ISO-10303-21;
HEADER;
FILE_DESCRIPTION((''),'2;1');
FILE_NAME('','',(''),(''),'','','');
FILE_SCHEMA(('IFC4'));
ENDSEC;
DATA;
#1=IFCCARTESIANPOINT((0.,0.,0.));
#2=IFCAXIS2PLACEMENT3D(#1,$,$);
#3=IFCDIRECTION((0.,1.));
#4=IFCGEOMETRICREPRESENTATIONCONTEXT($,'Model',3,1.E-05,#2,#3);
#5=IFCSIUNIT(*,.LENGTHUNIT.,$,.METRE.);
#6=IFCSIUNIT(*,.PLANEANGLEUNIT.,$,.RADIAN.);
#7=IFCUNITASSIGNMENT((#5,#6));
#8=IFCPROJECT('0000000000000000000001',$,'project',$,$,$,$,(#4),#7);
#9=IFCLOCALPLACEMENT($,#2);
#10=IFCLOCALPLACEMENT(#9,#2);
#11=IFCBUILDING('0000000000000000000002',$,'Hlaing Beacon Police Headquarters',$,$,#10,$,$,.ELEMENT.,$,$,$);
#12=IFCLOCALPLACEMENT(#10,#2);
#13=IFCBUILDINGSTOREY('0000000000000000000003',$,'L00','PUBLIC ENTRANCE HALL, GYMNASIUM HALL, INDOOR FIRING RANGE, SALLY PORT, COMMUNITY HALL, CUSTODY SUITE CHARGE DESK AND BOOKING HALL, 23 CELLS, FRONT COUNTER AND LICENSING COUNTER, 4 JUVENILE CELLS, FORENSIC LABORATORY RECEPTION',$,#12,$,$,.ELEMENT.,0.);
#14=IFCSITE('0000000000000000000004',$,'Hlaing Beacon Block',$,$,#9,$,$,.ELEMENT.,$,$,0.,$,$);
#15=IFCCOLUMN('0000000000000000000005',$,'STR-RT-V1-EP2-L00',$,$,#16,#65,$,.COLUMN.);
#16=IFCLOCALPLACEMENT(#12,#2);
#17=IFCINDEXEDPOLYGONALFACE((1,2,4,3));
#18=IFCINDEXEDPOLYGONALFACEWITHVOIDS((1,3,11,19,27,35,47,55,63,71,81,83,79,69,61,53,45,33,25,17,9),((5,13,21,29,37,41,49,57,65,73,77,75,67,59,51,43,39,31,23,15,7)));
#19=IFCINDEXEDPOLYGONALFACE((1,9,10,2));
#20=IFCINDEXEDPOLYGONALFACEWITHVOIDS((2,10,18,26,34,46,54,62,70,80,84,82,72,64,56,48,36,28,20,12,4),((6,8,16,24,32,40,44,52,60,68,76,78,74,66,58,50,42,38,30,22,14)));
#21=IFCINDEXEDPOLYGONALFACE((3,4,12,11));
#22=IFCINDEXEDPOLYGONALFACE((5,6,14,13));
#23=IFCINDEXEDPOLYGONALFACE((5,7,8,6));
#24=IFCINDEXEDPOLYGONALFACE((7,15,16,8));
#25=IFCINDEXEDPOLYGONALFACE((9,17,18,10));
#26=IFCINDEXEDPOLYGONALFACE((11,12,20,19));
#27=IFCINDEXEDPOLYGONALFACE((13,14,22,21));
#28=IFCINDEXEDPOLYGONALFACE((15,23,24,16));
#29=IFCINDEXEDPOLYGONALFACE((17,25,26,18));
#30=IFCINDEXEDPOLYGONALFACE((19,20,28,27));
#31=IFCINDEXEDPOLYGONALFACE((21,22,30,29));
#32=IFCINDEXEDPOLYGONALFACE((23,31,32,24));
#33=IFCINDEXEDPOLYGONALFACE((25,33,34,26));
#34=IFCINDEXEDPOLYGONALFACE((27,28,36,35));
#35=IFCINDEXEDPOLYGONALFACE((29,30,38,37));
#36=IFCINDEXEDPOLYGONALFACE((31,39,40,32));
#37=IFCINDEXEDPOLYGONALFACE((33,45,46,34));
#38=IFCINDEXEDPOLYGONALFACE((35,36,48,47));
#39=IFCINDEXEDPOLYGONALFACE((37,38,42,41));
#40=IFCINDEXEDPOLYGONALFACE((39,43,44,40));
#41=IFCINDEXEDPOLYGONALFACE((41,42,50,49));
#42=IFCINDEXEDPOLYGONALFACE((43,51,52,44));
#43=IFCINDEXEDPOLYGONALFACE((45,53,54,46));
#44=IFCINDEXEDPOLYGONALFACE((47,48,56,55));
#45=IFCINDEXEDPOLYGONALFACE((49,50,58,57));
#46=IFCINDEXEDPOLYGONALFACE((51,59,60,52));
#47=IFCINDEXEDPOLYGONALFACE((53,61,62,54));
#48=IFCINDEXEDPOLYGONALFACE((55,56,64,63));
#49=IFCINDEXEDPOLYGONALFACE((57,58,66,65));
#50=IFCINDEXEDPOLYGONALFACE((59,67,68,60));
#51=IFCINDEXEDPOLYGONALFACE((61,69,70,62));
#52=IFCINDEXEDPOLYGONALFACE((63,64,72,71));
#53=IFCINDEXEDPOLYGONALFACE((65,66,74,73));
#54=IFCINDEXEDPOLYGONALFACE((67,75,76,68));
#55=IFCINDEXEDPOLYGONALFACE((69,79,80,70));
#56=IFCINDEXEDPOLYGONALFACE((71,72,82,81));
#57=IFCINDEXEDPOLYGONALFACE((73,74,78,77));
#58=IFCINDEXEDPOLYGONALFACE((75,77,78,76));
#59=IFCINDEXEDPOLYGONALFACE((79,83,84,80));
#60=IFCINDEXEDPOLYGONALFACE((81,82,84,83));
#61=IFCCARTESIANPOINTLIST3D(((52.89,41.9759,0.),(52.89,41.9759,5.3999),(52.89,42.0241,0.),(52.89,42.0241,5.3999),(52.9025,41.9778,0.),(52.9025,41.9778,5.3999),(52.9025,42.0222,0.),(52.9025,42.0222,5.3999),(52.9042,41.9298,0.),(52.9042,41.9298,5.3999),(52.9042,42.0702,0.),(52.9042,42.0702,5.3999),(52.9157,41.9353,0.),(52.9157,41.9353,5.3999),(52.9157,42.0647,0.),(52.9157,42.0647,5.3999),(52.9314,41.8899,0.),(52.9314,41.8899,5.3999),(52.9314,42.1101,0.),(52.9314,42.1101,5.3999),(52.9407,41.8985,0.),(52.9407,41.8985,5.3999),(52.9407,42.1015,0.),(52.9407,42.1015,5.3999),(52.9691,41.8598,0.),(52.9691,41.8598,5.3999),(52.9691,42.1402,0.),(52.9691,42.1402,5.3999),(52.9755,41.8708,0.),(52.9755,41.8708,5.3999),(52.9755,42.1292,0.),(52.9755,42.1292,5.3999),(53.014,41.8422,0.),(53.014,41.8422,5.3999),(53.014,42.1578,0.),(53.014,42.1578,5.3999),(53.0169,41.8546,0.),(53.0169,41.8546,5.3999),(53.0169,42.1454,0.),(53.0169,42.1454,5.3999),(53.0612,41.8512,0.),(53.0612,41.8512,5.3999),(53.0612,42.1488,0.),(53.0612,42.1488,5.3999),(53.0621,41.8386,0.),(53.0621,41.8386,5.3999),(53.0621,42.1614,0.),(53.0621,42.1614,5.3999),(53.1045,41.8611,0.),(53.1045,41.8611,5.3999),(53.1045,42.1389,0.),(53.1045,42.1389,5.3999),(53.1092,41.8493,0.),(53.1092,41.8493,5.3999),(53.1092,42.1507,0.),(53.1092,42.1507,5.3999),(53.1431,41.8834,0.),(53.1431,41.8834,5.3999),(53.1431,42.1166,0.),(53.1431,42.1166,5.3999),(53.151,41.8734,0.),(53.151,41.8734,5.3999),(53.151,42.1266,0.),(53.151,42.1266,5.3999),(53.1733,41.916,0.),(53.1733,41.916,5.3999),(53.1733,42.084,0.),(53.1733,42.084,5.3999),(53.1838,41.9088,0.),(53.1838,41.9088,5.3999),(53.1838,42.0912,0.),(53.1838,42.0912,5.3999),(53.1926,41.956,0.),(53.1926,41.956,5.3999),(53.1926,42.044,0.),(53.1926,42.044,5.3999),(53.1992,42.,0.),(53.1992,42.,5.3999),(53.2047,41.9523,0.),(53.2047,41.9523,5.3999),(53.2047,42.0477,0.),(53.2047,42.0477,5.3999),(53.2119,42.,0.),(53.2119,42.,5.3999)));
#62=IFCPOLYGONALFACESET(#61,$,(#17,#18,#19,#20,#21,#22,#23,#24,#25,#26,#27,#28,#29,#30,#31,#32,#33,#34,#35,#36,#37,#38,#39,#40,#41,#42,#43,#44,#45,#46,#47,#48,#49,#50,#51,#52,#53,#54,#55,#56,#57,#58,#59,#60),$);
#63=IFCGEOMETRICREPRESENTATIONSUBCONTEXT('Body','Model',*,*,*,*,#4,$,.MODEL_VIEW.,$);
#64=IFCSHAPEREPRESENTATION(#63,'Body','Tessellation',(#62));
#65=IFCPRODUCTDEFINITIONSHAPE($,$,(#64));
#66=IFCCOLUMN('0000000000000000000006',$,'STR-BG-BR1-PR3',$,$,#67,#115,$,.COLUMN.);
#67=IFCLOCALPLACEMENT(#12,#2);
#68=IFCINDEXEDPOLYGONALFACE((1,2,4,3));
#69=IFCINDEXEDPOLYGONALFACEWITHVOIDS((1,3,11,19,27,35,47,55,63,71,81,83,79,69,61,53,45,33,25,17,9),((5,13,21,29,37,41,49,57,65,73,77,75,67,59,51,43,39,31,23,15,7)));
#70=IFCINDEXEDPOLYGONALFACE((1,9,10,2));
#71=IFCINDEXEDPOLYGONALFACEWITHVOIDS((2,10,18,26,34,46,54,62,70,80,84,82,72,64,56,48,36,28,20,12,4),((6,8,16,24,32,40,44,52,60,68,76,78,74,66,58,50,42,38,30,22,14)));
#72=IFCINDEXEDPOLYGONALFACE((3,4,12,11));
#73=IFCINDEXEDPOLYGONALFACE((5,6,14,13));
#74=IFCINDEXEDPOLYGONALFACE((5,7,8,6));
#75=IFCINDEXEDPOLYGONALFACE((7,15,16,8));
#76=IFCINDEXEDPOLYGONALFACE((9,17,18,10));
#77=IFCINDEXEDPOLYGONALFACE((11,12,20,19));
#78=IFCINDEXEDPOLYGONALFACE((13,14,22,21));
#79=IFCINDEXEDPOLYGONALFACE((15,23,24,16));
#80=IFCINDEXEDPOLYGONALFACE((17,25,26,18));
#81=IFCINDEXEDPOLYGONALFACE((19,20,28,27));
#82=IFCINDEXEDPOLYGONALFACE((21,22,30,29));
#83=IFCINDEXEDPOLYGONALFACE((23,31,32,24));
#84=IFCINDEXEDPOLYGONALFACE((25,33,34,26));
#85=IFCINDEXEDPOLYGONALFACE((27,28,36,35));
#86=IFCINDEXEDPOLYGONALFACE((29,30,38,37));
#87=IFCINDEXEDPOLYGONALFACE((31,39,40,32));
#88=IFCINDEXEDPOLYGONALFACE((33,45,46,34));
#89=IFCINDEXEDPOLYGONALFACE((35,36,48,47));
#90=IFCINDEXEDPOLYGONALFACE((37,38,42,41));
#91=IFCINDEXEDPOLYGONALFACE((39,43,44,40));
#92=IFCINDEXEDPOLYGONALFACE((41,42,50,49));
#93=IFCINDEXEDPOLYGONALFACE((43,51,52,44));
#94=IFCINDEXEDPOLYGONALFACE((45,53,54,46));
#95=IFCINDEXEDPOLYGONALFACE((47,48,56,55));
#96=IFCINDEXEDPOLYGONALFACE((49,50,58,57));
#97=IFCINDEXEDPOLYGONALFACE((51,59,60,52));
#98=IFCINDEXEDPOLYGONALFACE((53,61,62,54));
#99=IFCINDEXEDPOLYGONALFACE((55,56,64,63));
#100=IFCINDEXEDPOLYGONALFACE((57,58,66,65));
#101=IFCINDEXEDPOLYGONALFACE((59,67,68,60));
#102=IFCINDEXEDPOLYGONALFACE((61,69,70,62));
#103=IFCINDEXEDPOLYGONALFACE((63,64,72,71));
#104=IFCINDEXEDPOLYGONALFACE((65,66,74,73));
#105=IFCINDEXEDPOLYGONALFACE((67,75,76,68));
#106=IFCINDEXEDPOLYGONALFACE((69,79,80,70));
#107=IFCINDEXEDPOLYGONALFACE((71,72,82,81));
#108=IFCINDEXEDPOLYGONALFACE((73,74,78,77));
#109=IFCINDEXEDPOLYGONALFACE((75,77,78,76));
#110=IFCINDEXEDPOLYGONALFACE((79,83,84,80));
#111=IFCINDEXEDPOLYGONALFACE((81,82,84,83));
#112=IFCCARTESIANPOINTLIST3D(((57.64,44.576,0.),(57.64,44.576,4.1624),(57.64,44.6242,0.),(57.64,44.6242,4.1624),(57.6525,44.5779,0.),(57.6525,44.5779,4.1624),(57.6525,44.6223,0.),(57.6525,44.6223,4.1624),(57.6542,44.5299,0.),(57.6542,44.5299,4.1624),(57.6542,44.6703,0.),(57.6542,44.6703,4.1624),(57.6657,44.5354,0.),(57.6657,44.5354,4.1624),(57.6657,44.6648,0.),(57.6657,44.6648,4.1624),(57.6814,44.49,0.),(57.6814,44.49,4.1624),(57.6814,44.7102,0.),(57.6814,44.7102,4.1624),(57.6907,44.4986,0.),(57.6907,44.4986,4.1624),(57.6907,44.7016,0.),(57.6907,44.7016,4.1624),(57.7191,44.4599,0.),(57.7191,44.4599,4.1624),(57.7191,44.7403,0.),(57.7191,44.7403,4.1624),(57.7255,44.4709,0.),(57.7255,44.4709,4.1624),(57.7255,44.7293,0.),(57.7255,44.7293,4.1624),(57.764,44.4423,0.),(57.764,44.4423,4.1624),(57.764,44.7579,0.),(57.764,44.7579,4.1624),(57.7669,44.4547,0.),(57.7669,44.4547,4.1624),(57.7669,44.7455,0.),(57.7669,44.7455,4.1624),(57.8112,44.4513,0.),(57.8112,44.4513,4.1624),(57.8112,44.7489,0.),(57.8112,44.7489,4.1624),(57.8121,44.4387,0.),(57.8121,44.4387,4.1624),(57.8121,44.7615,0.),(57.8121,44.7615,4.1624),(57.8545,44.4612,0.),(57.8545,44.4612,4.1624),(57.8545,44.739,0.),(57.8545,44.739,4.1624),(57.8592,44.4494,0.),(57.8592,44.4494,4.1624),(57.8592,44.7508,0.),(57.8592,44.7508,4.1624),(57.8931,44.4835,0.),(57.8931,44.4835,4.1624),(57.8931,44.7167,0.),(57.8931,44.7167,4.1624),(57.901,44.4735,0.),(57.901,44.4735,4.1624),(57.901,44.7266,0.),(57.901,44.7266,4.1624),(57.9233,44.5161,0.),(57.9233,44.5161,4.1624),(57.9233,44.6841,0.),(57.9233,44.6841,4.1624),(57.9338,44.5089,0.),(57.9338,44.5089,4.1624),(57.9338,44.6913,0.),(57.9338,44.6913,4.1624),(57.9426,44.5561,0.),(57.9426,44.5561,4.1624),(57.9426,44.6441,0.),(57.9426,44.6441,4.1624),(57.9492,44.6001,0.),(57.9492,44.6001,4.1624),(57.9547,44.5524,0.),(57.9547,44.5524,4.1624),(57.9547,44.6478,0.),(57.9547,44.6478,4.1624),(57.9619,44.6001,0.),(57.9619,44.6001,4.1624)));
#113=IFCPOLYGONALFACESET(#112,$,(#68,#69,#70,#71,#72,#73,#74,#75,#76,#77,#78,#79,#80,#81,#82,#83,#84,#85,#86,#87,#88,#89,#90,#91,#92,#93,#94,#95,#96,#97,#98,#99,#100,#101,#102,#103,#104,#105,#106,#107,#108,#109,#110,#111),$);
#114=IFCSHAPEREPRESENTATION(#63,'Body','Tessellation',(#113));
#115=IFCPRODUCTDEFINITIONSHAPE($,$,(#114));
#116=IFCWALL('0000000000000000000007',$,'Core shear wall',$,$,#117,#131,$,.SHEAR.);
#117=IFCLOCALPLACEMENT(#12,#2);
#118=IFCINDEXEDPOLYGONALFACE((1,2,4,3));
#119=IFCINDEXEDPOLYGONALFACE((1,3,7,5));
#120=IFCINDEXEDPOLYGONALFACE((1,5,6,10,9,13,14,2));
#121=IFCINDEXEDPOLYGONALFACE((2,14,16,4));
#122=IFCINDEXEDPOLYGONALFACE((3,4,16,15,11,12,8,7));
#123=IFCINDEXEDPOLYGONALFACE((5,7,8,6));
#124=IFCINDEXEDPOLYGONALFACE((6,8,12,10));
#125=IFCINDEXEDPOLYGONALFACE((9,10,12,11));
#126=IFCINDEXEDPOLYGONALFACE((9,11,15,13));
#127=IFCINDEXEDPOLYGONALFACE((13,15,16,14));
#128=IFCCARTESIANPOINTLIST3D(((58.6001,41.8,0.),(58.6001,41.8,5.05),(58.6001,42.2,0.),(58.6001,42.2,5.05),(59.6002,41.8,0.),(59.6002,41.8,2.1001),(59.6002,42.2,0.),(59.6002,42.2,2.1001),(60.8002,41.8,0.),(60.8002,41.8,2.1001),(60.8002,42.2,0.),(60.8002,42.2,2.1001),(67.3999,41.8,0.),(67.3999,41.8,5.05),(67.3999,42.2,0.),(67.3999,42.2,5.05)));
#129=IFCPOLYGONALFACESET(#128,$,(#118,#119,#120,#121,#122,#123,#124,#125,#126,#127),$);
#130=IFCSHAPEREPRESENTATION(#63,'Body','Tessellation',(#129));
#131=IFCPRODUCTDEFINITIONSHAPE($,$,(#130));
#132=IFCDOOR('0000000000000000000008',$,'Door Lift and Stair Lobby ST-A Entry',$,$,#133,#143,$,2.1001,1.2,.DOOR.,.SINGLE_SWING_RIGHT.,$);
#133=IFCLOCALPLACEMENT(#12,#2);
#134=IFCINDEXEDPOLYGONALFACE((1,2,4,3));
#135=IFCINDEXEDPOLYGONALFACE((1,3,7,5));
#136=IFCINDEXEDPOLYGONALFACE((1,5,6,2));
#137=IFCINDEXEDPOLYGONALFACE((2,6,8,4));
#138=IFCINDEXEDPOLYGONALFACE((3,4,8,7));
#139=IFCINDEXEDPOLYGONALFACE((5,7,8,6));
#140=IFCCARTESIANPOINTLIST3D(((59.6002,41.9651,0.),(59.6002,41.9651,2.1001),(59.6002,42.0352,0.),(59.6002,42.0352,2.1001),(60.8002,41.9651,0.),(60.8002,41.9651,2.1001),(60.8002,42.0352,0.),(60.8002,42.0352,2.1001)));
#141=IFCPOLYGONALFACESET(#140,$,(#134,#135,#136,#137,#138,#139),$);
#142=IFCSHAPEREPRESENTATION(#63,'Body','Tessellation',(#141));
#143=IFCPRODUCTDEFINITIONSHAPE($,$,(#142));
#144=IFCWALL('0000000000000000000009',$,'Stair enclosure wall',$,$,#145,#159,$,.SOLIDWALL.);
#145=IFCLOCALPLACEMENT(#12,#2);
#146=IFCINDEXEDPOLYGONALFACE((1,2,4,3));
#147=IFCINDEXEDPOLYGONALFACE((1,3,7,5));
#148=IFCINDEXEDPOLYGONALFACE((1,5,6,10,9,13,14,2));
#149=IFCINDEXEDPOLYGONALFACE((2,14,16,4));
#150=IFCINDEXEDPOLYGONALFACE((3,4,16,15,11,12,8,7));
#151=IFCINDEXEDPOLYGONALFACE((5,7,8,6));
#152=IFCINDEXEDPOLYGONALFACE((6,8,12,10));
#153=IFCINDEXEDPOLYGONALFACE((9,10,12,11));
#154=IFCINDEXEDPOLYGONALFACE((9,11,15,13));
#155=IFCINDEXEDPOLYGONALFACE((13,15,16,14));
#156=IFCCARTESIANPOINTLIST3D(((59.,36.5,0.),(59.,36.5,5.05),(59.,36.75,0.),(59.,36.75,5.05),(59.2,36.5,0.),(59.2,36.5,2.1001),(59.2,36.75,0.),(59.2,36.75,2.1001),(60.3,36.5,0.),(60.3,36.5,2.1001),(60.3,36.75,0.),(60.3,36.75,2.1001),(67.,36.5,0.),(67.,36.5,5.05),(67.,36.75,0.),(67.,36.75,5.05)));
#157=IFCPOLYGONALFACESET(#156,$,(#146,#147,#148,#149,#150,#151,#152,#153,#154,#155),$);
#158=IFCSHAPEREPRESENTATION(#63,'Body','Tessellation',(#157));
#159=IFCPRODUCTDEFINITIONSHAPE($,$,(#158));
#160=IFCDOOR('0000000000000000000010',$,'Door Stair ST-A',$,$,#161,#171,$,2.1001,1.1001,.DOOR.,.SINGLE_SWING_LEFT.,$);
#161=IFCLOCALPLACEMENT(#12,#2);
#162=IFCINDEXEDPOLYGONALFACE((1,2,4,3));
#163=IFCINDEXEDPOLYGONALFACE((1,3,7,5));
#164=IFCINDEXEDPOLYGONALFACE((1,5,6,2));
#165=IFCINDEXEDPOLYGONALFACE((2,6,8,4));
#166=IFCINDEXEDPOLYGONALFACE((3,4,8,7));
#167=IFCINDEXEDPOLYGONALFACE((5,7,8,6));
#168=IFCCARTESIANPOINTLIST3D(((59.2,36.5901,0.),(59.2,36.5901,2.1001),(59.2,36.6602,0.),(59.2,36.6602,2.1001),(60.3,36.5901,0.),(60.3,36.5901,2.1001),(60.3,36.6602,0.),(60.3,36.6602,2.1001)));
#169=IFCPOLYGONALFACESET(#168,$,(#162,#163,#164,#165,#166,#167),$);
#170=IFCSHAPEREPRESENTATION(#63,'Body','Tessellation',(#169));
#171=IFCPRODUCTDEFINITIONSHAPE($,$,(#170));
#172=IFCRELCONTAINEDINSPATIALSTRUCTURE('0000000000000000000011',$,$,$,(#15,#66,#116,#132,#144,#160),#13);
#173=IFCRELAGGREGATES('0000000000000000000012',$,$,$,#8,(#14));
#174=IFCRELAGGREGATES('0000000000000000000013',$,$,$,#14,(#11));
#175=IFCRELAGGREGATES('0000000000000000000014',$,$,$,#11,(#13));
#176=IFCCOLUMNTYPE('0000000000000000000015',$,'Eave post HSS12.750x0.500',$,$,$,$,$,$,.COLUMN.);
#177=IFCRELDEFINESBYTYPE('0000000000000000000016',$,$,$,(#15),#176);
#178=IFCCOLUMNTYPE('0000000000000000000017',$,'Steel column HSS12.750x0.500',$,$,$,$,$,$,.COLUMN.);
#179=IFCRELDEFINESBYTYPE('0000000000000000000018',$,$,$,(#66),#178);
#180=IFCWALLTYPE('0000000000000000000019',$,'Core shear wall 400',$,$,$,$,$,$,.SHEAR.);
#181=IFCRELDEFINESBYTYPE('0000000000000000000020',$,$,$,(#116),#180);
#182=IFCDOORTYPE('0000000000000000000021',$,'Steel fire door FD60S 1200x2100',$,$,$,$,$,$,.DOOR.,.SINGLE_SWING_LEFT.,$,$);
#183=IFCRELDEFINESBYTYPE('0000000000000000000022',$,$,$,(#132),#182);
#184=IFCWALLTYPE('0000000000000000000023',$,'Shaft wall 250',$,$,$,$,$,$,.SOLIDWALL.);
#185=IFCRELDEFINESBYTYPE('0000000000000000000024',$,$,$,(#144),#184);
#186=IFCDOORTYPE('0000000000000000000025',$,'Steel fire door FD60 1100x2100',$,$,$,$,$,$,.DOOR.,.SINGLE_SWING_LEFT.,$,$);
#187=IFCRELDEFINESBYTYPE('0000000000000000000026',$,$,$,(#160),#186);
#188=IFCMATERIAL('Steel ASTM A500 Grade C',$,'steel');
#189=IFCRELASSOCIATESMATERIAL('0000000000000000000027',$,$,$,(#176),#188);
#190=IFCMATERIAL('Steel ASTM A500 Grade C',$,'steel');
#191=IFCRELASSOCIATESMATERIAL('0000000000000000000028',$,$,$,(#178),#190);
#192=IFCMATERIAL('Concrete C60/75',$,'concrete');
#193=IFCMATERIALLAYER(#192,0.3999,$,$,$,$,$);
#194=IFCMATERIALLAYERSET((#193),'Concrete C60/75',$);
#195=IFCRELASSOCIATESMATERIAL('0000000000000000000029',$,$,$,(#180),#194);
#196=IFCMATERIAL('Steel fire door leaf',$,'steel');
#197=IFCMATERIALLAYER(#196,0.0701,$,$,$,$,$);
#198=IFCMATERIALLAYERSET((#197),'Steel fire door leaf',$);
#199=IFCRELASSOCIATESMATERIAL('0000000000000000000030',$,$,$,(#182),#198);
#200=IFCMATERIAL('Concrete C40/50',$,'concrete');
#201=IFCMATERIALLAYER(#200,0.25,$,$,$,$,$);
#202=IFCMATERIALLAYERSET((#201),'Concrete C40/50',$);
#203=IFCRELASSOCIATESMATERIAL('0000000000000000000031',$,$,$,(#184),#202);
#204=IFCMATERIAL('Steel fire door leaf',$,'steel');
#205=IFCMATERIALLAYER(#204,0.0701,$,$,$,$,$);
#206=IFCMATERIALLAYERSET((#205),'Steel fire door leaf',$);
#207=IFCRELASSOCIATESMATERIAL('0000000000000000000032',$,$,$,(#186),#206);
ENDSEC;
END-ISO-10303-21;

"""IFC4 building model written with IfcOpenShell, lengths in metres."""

from ifc_helpers import new_model, si_unit, direction, frame, frame_2d, origin, origin_2d, place, context, subcontext, project, spatial, rectangle, hollow_circle, extrude, material, layer, layer_set, material_profile, profile_set, type_object, element, fill, save


model = new_model("IFC4")

# Units and contexts
model_context = context("Model", 3, precision=1e-05, world=origin(), true_north=direction((0.0, 1.0)))
body_context = subcontext(model_context, "Body", "Model", "MODEL_VIEW")
ifc_project = project(units=[si_unit("LENGTHUNIT", "METRE"), si_unit("PLANEANGLEUNIT", "RADIAN")], contexts=[model_context])

# Site, building, storey
site_placement = place(None, origin())
site = spatial("IfcSite", under=ifc_project, at=site_placement, Name="Hlaing Beacon Block", CompositionType="ELEMENT", RefElevation=0.0)
building_placement = place(site_placement, origin())
building = spatial("IfcBuilding", under=site, at=building_placement, Name="Hlaing Beacon Police Headquarters", CompositionType="ELEMENT")
storey_placement = place(building_placement, origin())
storey = spatial("IfcBuildingStorey", under=building, at=storey_placement, Name="L00", Description="PUBLIC ENTRANCE HALL, GYMNASIUM HALL, INDOOR FIRING RANGE, SALLY PORT, COMMUNITY HALL, CUSTODY SUITE CHARGE DESK AND BOOKING HALL, 23 CELLS, FRONT COUNTER AND LICENSING COUNTER, 4 JUVENILE CELLS, FORENSIC LABORATORY RECEPTION", CompositionType="ELEMENT", Elevation=0.0)

# Columns
ifc_material_1 = material(Name="Steel ASTM A500 Grade C", Category="steel")
ifc_material_profile_1 = material_profile(ifc_material_1, hollow_circle(Radius=0.1619, WallThickness=0.0127, at=origin_2d()), Name="HSS12.750x0.500")
ifc_profile_set_1 = profile_set([ifc_material_profile_1], Name="Steel ASTM A500 Grade C")
column_type_1 = type_object("IfcColumnType", Name="Eave post HSS12.750x0.500", PredefinedType="COLUMN", material=ifc_profile_set_1)
column_1_placement = place(storey_placement, frame((53.05, 42.0, 0.0), z_axis=(0.0, 0.0, 1.0), x_axis=(1.0, 0.0, 0.0)))
element("IfcColumn", 1, at=column_1_placement, inside=storey, type_object=column_type_1, Name="STR-RT-V1-EP2-L00", PredefinedType="COLUMN", context=body_context, shape_type="SweptSolid", body=[
    extrude(hollow_circle(Radius=0.1619, WallThickness=0.0127, at=origin_2d()), origin(), (0.0, 0.0, 1.0), 5.3999),
])
ifc_material_2 = material(Name="Steel ASTM A500 Grade C", Category="steel")
ifc_material_profile_2 = material_profile(ifc_material_2, hollow_circle(Radius=0.1619, WallThickness=0.0127, at=origin_2d()), Name="HSS12.750x0.500")
ifc_profile_set_2 = profile_set([ifc_material_profile_2], Name="Steel ASTM A500 Grade C")
column_type_2 = type_object("IfcColumnType", Name="Steel column HSS12.750x0.500", PredefinedType="COLUMN", material=ifc_profile_set_2)
column_2_placement = place(storey_placement, frame((57.8, 44.6001, 0.0), z_axis=(0.0, 0.0, 1.0), x_axis=(1.0, 0.0, 0.0)))
element("IfcColumn", 2, at=column_2_placement, inside=storey, type_object=column_type_2, Name="STR-BG-BR1-PR3", PredefinedType="COLUMN", context=body_context, shape_type="SweptSolid", body=[
    extrude(hollow_circle(Radius=0.1619, WallThickness=0.0127, at=origin_2d()), origin(), (0.0, 0.0, 1.0), 4.1624),
])

# Walls, openings, doors
ifc_material_3 = material(Name="Concrete C60/75", Category="concrete")
ifc_layer_1 = layer(ifc_material_3, 0.3999)
ifc_layer_set_1 = layer_set([ifc_layer_1], Name="Concrete C60/75")
wall_type_1 = type_object("IfcWallType", Name="Core shear wall 400", PredefinedType="SHEAR", material=ifc_layer_set_1)
wall_1_placement = place(storey_placement, frame((58.6001, 42.0, 0.0), z_axis=(0.0, 0.0, 1.0), x_axis=(1.0, 0.0, 0.0)))
wall_1 = element("IfcWall", 3, at=wall_1_placement, inside=storey, type_object=wall_type_1, Name="Core shear wall", PredefinedType="SHEAR", context=body_context, shape_type="SweptSolid", body=[
    extrude(rectangle(XDim=8.7998, YDim=0.3999, at=frame_2d((4.3999, 0.0))), origin(), (0.0, 0.0, 1.0), 5.05),
])
opening_1_placement = place(wall_1_placement, frame((1.0, 0.0, 0.0)))
opening_1 = element("IfcOpeningElement", 4, at=opening_1_placement, cuts=wall_1, PredefinedType="OPENING", context=body_context, shape_type="SweptSolid", body=[
    extrude(rectangle(XDim=1.2, YDim=2.1001, at=frame_2d((0.6001, 1.05))), frame((0.0, 0.21, 0.0), z_axis=(0.0, -1.0, 0.0), x_axis=(1.0, 0.0, 0.0)), (0.0, 0.0, 1.0), 0.4199),
])
ifc_material_4 = material(Name="Steel fire door leaf", Category="steel")
ifc_layer_2 = layer(ifc_material_4, 0.0701)
ifc_layer_set_2 = layer_set([ifc_layer_2], Name="Steel fire door leaf")
door_type_1 = type_object("IfcDoorType", Name="Steel fire door FD60S 1200x2100", OperationType="SINGLE_SWING_LEFT", PredefinedType="DOOR", material=ifc_layer_set_2)
door_1_placement = place(opening_1_placement, frame((1.2, 0.0, 0.0), z_axis=(0.0, 0.0, 1.0), x_axis=(-1.0, 0.0, 0.0)))
door_1 = element("IfcDoor", 5, at=door_1_placement, inside=storey, type_object=door_type_1, Name="Door Lift and Stair Lobby ST-A Entry", OperationType="SINGLE_SWING_RIGHT", OverallHeight=2.1001, OverallWidth=1.2, PredefinedType="DOOR", context=body_context, shape_type="SweptSolid", body=[
    extrude(rectangle(XDim=1.2, YDim=2.1001, at=frame_2d((0.5999, 1.05))), frame((0.0, 0.0349, 0.0), z_axis=(0.0, -1.0, 0.0), x_axis=(1.0, 0.0, 0.0)), (0.0, 0.0, 1.0), 0.0701),
])
fill(opening_1, door_1)
ifc_material_5 = material(Name="Concrete C40/50", Category="concrete")
ifc_layer_3 = layer(ifc_material_5, 0.25)
ifc_layer_set_3 = layer_set([ifc_layer_3], Name="Concrete C40/50")
wall_type_2 = type_object("IfcWallType", Name="Shaft wall 250", PredefinedType="SOLIDWALL", material=ifc_layer_set_3)
wall_2_placement = place(storey_placement, frame((59.0, 36.625, 0.0), z_axis=(0.0, 0.0, 1.0), x_axis=(1.0, 0.0, 0.0)))
wall_2 = element("IfcWall", 6, at=wall_2_placement, inside=storey, type_object=wall_type_2, Name="Stair enclosure wall", PredefinedType="SOLIDWALL", context=body_context, shape_type="SweptSolid", body=[
    extrude(rectangle(XDim=8.0, YDim=0.25, at=frame_2d((4.0, 0.0))), origin(), (0.0, 0.0, 1.0), 5.05),
])
opening_2_placement = place(wall_2_placement, frame((0.2, 0.0, 0.0)))
opening_2 = element("IfcOpeningElement", 7, at=opening_2_placement, cuts=wall_2, PredefinedType="OPENING", context=body_context, shape_type="SweptSolid", body=[
    extrude(rectangle(XDim=1.1001, YDim=2.1001, at=frame_2d((0.55, 1.05))), frame((0.0, 0.135, 0.0), z_axis=(0.0, -1.0, 0.0), x_axis=(1.0, 0.0, 0.0)), (0.0, 0.0, 1.0), 0.27),
])
ifc_material_6 = material(Name="Steel fire door leaf", Category="steel")
ifc_layer_4 = layer(ifc_material_6, 0.0701)
ifc_layer_set_4 = layer_set([ifc_layer_4], Name="Steel fire door leaf")
door_type_2 = type_object("IfcDoorType", Name="Steel fire door FD60 1100x2100", OperationType="SINGLE_SWING_LEFT", PredefinedType="DOOR", material=ifc_layer_set_4)
door_2_placement = place(opening_2_placement, frame((1.1001, 0.0, 0.0), z_axis=(0.0, 0.0, 1.0), x_axis=(-1.0, 0.0, 0.0)))
door_2 = element("IfcDoor", 8, at=door_2_placement, inside=storey, type_object=door_type_2, Name="Door Stair ST-A", OperationType="SINGLE_SWING_LEFT", OverallHeight=2.1001, OverallWidth=1.1001, PredefinedType="DOOR", context=body_context, shape_type="SweptSolid", body=[
    extrude(rectangle(XDim=1.1001, YDim=2.1001, at=frame_2d((0.55, 1.05))), frame((0.0, 0.0349, 0.0), z_axis=(0.0, -1.0, 0.0), x_axis=(1.0, 0.0, 0.0)), (0.0, 0.0, 1.0), 0.0701),
])
fill(opening_2, door_2)

save(model, "model.ifc")
